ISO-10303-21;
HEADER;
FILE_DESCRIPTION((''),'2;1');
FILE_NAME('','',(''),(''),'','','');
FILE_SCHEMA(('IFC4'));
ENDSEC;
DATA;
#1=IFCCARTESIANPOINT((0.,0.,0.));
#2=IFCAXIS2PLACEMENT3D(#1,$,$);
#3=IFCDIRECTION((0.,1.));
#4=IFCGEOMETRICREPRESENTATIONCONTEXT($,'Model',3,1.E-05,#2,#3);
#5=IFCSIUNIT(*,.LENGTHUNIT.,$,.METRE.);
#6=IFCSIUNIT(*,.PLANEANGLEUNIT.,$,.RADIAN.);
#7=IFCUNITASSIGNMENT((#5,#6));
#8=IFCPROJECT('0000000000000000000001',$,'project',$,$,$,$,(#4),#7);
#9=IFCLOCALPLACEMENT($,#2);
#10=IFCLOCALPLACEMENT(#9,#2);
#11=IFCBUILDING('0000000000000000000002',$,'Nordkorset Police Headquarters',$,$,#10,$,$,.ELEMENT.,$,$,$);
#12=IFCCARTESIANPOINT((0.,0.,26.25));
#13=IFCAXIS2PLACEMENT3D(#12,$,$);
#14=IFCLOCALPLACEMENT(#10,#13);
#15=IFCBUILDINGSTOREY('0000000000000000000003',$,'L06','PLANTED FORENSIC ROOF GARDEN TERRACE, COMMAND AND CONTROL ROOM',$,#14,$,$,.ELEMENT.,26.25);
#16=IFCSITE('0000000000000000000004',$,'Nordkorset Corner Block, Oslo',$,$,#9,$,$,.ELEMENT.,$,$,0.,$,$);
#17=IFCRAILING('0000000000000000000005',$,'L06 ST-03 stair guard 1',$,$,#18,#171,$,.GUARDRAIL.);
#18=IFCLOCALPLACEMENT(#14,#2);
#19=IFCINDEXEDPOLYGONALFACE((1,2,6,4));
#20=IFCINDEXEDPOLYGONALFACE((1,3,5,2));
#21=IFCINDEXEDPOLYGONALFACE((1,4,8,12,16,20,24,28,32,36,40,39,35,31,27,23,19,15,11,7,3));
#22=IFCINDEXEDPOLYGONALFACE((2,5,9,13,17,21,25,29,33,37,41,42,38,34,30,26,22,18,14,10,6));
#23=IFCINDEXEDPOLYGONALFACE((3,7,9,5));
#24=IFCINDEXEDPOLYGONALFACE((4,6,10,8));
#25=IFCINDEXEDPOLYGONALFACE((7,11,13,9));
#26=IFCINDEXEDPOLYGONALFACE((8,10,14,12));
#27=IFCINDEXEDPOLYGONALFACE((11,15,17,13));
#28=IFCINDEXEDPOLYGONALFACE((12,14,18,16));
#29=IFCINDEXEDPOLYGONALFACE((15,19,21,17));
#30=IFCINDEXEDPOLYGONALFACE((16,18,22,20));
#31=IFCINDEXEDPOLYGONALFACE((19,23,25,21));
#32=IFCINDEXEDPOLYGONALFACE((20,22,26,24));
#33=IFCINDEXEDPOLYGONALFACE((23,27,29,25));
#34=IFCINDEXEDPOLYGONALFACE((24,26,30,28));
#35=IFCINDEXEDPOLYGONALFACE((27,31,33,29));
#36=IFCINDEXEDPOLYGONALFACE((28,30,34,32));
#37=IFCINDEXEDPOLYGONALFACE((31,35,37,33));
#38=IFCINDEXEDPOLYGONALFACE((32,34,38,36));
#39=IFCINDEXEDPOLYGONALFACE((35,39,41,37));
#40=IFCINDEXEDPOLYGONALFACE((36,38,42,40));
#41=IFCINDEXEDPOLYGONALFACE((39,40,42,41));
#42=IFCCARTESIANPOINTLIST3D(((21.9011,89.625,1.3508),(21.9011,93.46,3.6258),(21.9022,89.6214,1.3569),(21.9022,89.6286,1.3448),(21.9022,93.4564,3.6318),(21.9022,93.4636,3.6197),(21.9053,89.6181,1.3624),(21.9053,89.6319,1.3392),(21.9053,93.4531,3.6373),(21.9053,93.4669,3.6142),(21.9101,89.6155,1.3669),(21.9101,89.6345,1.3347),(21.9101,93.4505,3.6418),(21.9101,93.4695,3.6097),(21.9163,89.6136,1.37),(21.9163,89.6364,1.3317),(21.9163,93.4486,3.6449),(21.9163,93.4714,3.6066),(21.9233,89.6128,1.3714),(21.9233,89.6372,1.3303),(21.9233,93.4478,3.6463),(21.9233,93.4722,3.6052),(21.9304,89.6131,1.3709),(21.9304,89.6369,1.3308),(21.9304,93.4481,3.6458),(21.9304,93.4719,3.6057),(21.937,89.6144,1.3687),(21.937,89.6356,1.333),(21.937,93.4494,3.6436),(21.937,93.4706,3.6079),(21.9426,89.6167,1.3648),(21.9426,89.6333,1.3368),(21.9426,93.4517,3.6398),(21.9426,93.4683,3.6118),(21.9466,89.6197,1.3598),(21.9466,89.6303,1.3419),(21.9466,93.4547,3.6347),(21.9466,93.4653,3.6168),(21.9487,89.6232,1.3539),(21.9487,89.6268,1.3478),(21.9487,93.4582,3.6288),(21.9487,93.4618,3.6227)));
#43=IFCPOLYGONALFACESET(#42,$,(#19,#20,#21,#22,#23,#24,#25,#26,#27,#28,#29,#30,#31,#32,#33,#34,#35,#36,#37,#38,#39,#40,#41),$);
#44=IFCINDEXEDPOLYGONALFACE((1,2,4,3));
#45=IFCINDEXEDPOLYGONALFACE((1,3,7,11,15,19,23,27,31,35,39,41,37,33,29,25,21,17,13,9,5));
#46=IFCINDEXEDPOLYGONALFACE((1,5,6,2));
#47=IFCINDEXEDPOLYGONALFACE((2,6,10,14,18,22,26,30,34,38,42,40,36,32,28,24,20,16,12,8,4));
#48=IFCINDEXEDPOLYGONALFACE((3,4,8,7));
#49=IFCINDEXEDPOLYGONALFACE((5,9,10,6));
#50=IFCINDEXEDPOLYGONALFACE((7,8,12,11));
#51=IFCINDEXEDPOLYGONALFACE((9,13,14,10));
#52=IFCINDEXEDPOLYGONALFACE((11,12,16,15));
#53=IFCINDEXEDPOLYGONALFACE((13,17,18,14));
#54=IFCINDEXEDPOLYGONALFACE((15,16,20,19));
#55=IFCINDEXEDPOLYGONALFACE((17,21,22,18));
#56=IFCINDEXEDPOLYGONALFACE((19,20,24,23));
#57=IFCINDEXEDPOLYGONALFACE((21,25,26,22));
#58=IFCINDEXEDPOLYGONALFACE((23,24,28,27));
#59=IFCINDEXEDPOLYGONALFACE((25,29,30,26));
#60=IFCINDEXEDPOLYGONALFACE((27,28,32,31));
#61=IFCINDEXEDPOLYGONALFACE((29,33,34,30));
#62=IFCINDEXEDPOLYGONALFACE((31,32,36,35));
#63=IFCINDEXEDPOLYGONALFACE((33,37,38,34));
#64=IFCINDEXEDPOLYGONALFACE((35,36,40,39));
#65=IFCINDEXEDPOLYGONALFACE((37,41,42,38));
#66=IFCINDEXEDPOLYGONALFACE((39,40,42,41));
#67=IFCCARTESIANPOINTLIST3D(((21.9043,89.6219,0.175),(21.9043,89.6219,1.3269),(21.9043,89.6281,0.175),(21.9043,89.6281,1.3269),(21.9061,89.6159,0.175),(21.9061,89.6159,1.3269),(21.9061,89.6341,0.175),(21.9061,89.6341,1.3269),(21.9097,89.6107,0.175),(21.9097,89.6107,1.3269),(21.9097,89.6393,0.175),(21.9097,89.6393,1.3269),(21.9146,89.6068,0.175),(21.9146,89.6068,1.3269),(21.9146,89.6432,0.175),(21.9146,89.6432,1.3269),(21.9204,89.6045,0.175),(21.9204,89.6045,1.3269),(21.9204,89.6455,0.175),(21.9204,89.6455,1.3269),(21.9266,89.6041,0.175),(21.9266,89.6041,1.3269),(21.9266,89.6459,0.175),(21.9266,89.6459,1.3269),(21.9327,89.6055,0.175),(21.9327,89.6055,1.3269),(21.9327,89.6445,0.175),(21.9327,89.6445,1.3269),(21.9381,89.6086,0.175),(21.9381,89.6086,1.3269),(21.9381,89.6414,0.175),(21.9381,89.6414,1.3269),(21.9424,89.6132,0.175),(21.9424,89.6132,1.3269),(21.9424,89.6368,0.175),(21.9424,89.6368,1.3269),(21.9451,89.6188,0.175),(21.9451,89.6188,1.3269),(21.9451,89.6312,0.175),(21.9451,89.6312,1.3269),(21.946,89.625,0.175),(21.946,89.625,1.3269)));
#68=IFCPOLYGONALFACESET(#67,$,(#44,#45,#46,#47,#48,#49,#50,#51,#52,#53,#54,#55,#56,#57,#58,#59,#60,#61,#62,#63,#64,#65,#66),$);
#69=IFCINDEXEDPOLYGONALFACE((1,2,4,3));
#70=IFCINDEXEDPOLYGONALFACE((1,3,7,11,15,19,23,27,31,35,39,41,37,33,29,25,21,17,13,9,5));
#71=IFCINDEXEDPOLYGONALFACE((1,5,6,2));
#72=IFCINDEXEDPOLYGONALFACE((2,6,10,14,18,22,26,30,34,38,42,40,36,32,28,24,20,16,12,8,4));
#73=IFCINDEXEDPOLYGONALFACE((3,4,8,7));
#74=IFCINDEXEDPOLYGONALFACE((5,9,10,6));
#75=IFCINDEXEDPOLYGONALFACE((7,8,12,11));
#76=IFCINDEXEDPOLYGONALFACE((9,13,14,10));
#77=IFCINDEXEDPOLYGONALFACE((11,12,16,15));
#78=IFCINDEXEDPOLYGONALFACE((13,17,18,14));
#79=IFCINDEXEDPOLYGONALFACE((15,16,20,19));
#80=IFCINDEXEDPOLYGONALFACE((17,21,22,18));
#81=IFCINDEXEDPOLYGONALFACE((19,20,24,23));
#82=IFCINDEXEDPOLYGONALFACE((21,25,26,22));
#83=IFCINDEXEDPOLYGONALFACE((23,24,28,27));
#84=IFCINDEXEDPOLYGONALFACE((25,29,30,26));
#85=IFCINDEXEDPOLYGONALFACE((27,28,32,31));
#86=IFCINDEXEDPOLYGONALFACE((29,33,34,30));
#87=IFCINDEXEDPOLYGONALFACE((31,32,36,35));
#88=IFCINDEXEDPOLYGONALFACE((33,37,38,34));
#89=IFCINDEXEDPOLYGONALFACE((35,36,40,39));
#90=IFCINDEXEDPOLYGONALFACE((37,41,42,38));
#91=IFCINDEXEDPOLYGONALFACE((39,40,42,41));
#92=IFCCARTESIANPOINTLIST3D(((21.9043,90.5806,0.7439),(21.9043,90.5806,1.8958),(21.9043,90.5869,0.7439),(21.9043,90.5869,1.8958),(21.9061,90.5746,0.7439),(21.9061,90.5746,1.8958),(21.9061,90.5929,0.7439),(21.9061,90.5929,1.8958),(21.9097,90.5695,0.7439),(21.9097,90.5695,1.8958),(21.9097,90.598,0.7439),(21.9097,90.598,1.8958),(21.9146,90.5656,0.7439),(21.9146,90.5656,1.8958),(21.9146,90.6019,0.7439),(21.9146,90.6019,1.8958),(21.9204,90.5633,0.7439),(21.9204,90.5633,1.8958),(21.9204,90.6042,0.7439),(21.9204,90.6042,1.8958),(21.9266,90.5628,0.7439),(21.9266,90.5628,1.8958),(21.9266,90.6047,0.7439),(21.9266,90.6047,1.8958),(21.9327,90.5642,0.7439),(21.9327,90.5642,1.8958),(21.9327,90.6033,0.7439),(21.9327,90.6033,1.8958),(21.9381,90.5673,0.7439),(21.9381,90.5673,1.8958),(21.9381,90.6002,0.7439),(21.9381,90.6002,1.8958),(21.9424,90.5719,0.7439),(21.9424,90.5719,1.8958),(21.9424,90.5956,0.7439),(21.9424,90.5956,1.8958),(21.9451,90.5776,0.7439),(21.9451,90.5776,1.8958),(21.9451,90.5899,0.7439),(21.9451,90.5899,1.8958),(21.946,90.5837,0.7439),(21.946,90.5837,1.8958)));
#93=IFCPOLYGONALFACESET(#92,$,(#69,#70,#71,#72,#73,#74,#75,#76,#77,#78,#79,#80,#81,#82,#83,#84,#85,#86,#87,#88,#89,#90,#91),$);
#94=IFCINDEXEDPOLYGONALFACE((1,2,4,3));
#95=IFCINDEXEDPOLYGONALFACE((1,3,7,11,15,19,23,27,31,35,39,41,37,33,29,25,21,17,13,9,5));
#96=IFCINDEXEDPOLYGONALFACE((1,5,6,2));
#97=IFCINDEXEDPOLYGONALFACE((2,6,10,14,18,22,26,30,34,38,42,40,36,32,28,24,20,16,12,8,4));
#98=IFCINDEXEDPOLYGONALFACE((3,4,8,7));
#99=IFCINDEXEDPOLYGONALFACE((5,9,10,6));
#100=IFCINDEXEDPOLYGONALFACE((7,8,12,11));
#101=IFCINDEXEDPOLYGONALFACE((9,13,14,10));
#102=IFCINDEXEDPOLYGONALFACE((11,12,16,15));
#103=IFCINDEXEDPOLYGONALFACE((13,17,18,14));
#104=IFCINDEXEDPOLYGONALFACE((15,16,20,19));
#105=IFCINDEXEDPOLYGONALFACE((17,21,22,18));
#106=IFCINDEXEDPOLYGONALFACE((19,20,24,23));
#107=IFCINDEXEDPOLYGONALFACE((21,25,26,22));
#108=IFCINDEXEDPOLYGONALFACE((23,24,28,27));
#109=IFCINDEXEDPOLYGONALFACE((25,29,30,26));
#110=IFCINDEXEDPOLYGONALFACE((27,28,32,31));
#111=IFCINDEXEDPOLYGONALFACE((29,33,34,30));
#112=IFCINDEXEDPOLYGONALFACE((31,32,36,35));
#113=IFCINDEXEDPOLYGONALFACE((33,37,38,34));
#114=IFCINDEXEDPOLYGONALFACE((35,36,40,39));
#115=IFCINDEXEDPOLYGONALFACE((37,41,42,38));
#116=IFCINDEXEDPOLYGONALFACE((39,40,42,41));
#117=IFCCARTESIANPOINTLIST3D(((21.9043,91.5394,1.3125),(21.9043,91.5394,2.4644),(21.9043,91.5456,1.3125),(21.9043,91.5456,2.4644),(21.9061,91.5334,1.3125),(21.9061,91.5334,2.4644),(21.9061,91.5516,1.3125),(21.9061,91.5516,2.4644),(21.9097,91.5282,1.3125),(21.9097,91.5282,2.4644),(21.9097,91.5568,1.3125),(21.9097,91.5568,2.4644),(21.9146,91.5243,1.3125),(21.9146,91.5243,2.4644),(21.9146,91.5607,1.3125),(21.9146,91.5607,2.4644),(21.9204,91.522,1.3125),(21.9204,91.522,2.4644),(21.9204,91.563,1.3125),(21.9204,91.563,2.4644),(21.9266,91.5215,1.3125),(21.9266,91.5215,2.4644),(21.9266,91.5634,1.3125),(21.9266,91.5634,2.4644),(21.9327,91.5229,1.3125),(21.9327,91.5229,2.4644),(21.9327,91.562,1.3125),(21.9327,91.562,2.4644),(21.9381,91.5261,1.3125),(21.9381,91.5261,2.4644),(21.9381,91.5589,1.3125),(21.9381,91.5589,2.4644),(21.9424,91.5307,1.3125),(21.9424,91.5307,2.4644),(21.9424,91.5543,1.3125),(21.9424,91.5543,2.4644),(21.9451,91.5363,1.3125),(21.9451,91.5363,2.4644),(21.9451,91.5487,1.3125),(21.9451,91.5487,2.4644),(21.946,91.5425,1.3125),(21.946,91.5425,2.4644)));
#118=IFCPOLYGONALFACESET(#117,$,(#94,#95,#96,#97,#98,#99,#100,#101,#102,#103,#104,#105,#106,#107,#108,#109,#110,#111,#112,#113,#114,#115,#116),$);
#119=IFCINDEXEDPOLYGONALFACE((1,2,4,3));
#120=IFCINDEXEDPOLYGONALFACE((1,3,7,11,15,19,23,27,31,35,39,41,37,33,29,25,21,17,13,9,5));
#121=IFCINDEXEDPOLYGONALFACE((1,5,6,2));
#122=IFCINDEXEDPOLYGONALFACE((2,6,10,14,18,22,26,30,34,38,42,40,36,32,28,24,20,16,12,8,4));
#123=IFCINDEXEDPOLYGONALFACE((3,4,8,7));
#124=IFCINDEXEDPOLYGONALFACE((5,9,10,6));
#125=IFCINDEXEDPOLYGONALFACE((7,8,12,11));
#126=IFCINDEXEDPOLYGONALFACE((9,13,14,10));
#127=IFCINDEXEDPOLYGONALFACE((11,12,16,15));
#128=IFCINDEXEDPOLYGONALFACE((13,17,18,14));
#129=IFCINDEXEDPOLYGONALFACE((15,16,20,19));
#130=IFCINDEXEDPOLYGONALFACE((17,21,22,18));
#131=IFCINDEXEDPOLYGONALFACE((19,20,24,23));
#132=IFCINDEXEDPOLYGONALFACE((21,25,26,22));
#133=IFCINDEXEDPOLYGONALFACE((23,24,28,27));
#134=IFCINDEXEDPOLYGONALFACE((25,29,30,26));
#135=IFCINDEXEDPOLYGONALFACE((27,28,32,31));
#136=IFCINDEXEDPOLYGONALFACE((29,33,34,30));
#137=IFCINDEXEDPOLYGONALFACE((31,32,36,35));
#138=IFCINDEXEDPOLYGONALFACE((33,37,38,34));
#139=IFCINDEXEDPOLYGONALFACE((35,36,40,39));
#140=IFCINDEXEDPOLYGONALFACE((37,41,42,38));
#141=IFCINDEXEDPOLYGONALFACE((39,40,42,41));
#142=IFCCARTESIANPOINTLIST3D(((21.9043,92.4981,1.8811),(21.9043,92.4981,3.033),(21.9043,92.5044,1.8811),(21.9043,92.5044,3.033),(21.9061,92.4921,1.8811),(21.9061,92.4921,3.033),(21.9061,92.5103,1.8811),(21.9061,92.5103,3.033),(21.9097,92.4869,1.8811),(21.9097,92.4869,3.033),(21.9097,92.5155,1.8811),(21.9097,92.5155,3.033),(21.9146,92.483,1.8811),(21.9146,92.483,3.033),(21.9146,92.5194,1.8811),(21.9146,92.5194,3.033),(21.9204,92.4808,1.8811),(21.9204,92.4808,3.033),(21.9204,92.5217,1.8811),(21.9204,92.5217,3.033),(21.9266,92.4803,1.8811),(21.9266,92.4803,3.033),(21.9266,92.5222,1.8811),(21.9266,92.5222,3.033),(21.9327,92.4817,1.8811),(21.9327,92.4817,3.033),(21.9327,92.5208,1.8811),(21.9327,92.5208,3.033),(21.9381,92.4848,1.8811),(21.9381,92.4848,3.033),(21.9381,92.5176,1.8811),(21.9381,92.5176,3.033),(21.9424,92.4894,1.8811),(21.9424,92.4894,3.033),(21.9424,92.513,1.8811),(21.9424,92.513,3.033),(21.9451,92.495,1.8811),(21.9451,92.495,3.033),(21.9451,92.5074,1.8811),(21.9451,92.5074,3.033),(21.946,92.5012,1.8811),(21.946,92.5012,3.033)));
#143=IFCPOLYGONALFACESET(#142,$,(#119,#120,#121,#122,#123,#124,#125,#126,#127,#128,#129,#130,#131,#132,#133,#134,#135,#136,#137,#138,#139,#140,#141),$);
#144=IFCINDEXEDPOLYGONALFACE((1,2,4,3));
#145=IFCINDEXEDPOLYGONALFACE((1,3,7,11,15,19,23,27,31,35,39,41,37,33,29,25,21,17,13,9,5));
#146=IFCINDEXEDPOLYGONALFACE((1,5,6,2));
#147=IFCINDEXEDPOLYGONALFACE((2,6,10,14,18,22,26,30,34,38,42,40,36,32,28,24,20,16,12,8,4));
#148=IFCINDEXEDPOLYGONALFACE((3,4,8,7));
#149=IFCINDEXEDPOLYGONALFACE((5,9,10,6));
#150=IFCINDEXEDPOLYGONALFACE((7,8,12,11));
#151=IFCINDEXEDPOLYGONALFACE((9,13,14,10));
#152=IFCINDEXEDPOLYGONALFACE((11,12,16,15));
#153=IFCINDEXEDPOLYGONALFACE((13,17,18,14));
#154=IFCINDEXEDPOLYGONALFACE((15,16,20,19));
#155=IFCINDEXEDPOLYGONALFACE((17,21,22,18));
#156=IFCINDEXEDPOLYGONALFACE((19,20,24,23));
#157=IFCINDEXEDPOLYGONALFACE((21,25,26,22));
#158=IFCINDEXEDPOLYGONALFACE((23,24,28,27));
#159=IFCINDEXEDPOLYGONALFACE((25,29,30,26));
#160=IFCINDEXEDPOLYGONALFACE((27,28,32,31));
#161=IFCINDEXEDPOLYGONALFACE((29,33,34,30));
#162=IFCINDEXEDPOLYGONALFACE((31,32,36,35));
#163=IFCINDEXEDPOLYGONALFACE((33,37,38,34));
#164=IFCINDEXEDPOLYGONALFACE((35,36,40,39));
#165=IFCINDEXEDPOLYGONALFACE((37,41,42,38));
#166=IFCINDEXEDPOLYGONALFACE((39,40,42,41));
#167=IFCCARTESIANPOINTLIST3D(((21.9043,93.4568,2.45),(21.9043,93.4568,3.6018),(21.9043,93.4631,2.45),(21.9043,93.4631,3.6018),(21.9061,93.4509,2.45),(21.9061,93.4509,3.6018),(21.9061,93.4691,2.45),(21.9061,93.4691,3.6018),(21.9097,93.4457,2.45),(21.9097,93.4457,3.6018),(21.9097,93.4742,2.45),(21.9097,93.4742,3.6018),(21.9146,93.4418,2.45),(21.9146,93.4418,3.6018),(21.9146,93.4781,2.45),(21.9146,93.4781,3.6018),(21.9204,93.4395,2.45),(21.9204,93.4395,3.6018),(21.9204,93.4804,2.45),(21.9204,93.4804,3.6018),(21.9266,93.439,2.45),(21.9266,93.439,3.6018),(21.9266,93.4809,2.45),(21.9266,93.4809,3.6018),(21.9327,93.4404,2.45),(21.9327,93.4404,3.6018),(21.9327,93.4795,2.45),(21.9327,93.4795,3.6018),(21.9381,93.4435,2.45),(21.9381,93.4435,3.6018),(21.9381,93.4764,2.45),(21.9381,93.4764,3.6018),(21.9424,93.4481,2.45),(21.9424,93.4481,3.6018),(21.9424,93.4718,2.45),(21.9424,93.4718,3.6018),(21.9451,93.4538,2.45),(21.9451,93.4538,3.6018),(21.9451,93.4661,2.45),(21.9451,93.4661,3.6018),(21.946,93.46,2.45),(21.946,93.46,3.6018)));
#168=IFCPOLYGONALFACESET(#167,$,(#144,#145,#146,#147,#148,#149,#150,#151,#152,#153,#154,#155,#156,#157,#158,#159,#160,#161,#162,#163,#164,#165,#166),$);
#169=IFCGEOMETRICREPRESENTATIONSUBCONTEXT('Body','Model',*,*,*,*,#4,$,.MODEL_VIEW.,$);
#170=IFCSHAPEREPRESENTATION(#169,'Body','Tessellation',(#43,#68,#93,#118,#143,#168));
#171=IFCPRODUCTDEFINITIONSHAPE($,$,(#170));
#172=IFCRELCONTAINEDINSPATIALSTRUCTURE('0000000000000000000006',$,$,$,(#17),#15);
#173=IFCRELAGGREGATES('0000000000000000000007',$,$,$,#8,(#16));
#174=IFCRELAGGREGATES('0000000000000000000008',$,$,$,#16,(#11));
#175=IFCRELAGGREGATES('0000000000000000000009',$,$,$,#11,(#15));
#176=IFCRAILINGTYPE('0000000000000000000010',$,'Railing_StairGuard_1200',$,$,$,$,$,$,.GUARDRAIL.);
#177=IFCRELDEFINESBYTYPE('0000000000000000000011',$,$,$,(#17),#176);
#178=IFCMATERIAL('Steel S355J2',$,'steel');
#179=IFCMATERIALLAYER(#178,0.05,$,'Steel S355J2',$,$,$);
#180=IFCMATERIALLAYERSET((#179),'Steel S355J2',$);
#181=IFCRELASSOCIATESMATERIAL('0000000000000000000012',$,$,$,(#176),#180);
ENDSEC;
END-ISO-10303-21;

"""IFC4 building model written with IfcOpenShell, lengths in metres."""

from ifc_helpers import new_model, si_unit, direction, frame, origin, origin_2d, place, context, subcontext, project, spatial, circle, extrude, material, layer, layer_set, type_object, element, save


model = new_model("IFC4")

# Units and contexts
model_context = context("Model", 3, precision=1e-05, world=origin(), true_north=direction((0.0, 1.0)))
body_context = subcontext(model_context, "Body", "Model", "MODEL_VIEW")
ifc_project = project(units=[si_unit("LENGTHUNIT", "METRE"), si_unit("PLANEANGLEUNIT", "RADIAN")], contexts=[model_context])

# Site, building, storey
site_placement = place(None, origin())
site = spatial("IfcSite", under=ifc_project, at=site_placement, Name="Nordkorset Corner Block, Oslo", CompositionType="ELEMENT", RefElevation=0.0)
building_placement = place(site_placement, origin())
building = spatial("IfcBuilding", under=site, at=building_placement, Name="Nordkorset Police Headquarters", CompositionType="ELEMENT")
storey_placement = place(building_placement, frame((0.0, 0.0, 26.25)))
storey = spatial("IfcBuildingStorey", under=building, at=storey_placement, Name="L06", Description="PLANTED FORENSIC ROOF GARDEN TERRACE, COMMAND AND CONTROL ROOM", CompositionType="ELEMENT", Elevation=26.25)

# Railing
ifc_material_1 = material(Name="Steel S355J2", Category="steel")
ifc_layer_1 = layer(ifc_material_1, 0.05, Name="Steel S355J2")
ifc_layer_set_1 = layer_set([ifc_layer_1], Name="Steel S355J2")
railing_type = type_object("IfcRailingType", Name="Railing_StairGuard_1200", PredefinedType="GUARDRAIL", material=ifc_layer_set_1)
railing_1_placement = place(storey_placement, frame((21.925, 89.625, 0.175)))
element("IfcRailing", 1, at=railing_1_placement, inside=storey, type_object=railing_type, Name="L06 ST-03 stair guard 1", PredefinedType="GUARDRAIL", context=body_context, shape_type="SweptSolid", body=[
    extrude(circle(Radius=0.0239, at=origin_2d()), frame((0.0, 0.0, 1.1758), z_axis=(0.0, 0.860062, 0.51019), x_axis=(-1.0, 0.0, 0.0)), (0.0, 0.0, 1.0), 4.459),
    extrude(circle(Radius=0.021, at=origin_2d()), origin(), (0.0, 0.0, 1.0), 1.1519),
    extrude(circle(Radius=0.021, at=origin_2d()), frame((0.0, 0.9587, 0.5688)), (0.0, 0.0, 1.0), 1.1519),
    extrude(circle(Radius=0.021, at=origin_2d()), frame((0.0, 1.9175, 1.1375)), (0.0, 0.0, 1.0), 1.1519),
    extrude(circle(Radius=0.021, at=origin_2d()), frame((0.0, 2.8762, 1.7061)), (0.0, 0.0, 1.0), 1.1519),
    extrude(circle(Radius=0.021, at=origin_2d()), frame((0.0, 3.835, 2.2749)), (0.0, 0.0, 1.0), 1.1519),
])

save(model, "model.ifc")
